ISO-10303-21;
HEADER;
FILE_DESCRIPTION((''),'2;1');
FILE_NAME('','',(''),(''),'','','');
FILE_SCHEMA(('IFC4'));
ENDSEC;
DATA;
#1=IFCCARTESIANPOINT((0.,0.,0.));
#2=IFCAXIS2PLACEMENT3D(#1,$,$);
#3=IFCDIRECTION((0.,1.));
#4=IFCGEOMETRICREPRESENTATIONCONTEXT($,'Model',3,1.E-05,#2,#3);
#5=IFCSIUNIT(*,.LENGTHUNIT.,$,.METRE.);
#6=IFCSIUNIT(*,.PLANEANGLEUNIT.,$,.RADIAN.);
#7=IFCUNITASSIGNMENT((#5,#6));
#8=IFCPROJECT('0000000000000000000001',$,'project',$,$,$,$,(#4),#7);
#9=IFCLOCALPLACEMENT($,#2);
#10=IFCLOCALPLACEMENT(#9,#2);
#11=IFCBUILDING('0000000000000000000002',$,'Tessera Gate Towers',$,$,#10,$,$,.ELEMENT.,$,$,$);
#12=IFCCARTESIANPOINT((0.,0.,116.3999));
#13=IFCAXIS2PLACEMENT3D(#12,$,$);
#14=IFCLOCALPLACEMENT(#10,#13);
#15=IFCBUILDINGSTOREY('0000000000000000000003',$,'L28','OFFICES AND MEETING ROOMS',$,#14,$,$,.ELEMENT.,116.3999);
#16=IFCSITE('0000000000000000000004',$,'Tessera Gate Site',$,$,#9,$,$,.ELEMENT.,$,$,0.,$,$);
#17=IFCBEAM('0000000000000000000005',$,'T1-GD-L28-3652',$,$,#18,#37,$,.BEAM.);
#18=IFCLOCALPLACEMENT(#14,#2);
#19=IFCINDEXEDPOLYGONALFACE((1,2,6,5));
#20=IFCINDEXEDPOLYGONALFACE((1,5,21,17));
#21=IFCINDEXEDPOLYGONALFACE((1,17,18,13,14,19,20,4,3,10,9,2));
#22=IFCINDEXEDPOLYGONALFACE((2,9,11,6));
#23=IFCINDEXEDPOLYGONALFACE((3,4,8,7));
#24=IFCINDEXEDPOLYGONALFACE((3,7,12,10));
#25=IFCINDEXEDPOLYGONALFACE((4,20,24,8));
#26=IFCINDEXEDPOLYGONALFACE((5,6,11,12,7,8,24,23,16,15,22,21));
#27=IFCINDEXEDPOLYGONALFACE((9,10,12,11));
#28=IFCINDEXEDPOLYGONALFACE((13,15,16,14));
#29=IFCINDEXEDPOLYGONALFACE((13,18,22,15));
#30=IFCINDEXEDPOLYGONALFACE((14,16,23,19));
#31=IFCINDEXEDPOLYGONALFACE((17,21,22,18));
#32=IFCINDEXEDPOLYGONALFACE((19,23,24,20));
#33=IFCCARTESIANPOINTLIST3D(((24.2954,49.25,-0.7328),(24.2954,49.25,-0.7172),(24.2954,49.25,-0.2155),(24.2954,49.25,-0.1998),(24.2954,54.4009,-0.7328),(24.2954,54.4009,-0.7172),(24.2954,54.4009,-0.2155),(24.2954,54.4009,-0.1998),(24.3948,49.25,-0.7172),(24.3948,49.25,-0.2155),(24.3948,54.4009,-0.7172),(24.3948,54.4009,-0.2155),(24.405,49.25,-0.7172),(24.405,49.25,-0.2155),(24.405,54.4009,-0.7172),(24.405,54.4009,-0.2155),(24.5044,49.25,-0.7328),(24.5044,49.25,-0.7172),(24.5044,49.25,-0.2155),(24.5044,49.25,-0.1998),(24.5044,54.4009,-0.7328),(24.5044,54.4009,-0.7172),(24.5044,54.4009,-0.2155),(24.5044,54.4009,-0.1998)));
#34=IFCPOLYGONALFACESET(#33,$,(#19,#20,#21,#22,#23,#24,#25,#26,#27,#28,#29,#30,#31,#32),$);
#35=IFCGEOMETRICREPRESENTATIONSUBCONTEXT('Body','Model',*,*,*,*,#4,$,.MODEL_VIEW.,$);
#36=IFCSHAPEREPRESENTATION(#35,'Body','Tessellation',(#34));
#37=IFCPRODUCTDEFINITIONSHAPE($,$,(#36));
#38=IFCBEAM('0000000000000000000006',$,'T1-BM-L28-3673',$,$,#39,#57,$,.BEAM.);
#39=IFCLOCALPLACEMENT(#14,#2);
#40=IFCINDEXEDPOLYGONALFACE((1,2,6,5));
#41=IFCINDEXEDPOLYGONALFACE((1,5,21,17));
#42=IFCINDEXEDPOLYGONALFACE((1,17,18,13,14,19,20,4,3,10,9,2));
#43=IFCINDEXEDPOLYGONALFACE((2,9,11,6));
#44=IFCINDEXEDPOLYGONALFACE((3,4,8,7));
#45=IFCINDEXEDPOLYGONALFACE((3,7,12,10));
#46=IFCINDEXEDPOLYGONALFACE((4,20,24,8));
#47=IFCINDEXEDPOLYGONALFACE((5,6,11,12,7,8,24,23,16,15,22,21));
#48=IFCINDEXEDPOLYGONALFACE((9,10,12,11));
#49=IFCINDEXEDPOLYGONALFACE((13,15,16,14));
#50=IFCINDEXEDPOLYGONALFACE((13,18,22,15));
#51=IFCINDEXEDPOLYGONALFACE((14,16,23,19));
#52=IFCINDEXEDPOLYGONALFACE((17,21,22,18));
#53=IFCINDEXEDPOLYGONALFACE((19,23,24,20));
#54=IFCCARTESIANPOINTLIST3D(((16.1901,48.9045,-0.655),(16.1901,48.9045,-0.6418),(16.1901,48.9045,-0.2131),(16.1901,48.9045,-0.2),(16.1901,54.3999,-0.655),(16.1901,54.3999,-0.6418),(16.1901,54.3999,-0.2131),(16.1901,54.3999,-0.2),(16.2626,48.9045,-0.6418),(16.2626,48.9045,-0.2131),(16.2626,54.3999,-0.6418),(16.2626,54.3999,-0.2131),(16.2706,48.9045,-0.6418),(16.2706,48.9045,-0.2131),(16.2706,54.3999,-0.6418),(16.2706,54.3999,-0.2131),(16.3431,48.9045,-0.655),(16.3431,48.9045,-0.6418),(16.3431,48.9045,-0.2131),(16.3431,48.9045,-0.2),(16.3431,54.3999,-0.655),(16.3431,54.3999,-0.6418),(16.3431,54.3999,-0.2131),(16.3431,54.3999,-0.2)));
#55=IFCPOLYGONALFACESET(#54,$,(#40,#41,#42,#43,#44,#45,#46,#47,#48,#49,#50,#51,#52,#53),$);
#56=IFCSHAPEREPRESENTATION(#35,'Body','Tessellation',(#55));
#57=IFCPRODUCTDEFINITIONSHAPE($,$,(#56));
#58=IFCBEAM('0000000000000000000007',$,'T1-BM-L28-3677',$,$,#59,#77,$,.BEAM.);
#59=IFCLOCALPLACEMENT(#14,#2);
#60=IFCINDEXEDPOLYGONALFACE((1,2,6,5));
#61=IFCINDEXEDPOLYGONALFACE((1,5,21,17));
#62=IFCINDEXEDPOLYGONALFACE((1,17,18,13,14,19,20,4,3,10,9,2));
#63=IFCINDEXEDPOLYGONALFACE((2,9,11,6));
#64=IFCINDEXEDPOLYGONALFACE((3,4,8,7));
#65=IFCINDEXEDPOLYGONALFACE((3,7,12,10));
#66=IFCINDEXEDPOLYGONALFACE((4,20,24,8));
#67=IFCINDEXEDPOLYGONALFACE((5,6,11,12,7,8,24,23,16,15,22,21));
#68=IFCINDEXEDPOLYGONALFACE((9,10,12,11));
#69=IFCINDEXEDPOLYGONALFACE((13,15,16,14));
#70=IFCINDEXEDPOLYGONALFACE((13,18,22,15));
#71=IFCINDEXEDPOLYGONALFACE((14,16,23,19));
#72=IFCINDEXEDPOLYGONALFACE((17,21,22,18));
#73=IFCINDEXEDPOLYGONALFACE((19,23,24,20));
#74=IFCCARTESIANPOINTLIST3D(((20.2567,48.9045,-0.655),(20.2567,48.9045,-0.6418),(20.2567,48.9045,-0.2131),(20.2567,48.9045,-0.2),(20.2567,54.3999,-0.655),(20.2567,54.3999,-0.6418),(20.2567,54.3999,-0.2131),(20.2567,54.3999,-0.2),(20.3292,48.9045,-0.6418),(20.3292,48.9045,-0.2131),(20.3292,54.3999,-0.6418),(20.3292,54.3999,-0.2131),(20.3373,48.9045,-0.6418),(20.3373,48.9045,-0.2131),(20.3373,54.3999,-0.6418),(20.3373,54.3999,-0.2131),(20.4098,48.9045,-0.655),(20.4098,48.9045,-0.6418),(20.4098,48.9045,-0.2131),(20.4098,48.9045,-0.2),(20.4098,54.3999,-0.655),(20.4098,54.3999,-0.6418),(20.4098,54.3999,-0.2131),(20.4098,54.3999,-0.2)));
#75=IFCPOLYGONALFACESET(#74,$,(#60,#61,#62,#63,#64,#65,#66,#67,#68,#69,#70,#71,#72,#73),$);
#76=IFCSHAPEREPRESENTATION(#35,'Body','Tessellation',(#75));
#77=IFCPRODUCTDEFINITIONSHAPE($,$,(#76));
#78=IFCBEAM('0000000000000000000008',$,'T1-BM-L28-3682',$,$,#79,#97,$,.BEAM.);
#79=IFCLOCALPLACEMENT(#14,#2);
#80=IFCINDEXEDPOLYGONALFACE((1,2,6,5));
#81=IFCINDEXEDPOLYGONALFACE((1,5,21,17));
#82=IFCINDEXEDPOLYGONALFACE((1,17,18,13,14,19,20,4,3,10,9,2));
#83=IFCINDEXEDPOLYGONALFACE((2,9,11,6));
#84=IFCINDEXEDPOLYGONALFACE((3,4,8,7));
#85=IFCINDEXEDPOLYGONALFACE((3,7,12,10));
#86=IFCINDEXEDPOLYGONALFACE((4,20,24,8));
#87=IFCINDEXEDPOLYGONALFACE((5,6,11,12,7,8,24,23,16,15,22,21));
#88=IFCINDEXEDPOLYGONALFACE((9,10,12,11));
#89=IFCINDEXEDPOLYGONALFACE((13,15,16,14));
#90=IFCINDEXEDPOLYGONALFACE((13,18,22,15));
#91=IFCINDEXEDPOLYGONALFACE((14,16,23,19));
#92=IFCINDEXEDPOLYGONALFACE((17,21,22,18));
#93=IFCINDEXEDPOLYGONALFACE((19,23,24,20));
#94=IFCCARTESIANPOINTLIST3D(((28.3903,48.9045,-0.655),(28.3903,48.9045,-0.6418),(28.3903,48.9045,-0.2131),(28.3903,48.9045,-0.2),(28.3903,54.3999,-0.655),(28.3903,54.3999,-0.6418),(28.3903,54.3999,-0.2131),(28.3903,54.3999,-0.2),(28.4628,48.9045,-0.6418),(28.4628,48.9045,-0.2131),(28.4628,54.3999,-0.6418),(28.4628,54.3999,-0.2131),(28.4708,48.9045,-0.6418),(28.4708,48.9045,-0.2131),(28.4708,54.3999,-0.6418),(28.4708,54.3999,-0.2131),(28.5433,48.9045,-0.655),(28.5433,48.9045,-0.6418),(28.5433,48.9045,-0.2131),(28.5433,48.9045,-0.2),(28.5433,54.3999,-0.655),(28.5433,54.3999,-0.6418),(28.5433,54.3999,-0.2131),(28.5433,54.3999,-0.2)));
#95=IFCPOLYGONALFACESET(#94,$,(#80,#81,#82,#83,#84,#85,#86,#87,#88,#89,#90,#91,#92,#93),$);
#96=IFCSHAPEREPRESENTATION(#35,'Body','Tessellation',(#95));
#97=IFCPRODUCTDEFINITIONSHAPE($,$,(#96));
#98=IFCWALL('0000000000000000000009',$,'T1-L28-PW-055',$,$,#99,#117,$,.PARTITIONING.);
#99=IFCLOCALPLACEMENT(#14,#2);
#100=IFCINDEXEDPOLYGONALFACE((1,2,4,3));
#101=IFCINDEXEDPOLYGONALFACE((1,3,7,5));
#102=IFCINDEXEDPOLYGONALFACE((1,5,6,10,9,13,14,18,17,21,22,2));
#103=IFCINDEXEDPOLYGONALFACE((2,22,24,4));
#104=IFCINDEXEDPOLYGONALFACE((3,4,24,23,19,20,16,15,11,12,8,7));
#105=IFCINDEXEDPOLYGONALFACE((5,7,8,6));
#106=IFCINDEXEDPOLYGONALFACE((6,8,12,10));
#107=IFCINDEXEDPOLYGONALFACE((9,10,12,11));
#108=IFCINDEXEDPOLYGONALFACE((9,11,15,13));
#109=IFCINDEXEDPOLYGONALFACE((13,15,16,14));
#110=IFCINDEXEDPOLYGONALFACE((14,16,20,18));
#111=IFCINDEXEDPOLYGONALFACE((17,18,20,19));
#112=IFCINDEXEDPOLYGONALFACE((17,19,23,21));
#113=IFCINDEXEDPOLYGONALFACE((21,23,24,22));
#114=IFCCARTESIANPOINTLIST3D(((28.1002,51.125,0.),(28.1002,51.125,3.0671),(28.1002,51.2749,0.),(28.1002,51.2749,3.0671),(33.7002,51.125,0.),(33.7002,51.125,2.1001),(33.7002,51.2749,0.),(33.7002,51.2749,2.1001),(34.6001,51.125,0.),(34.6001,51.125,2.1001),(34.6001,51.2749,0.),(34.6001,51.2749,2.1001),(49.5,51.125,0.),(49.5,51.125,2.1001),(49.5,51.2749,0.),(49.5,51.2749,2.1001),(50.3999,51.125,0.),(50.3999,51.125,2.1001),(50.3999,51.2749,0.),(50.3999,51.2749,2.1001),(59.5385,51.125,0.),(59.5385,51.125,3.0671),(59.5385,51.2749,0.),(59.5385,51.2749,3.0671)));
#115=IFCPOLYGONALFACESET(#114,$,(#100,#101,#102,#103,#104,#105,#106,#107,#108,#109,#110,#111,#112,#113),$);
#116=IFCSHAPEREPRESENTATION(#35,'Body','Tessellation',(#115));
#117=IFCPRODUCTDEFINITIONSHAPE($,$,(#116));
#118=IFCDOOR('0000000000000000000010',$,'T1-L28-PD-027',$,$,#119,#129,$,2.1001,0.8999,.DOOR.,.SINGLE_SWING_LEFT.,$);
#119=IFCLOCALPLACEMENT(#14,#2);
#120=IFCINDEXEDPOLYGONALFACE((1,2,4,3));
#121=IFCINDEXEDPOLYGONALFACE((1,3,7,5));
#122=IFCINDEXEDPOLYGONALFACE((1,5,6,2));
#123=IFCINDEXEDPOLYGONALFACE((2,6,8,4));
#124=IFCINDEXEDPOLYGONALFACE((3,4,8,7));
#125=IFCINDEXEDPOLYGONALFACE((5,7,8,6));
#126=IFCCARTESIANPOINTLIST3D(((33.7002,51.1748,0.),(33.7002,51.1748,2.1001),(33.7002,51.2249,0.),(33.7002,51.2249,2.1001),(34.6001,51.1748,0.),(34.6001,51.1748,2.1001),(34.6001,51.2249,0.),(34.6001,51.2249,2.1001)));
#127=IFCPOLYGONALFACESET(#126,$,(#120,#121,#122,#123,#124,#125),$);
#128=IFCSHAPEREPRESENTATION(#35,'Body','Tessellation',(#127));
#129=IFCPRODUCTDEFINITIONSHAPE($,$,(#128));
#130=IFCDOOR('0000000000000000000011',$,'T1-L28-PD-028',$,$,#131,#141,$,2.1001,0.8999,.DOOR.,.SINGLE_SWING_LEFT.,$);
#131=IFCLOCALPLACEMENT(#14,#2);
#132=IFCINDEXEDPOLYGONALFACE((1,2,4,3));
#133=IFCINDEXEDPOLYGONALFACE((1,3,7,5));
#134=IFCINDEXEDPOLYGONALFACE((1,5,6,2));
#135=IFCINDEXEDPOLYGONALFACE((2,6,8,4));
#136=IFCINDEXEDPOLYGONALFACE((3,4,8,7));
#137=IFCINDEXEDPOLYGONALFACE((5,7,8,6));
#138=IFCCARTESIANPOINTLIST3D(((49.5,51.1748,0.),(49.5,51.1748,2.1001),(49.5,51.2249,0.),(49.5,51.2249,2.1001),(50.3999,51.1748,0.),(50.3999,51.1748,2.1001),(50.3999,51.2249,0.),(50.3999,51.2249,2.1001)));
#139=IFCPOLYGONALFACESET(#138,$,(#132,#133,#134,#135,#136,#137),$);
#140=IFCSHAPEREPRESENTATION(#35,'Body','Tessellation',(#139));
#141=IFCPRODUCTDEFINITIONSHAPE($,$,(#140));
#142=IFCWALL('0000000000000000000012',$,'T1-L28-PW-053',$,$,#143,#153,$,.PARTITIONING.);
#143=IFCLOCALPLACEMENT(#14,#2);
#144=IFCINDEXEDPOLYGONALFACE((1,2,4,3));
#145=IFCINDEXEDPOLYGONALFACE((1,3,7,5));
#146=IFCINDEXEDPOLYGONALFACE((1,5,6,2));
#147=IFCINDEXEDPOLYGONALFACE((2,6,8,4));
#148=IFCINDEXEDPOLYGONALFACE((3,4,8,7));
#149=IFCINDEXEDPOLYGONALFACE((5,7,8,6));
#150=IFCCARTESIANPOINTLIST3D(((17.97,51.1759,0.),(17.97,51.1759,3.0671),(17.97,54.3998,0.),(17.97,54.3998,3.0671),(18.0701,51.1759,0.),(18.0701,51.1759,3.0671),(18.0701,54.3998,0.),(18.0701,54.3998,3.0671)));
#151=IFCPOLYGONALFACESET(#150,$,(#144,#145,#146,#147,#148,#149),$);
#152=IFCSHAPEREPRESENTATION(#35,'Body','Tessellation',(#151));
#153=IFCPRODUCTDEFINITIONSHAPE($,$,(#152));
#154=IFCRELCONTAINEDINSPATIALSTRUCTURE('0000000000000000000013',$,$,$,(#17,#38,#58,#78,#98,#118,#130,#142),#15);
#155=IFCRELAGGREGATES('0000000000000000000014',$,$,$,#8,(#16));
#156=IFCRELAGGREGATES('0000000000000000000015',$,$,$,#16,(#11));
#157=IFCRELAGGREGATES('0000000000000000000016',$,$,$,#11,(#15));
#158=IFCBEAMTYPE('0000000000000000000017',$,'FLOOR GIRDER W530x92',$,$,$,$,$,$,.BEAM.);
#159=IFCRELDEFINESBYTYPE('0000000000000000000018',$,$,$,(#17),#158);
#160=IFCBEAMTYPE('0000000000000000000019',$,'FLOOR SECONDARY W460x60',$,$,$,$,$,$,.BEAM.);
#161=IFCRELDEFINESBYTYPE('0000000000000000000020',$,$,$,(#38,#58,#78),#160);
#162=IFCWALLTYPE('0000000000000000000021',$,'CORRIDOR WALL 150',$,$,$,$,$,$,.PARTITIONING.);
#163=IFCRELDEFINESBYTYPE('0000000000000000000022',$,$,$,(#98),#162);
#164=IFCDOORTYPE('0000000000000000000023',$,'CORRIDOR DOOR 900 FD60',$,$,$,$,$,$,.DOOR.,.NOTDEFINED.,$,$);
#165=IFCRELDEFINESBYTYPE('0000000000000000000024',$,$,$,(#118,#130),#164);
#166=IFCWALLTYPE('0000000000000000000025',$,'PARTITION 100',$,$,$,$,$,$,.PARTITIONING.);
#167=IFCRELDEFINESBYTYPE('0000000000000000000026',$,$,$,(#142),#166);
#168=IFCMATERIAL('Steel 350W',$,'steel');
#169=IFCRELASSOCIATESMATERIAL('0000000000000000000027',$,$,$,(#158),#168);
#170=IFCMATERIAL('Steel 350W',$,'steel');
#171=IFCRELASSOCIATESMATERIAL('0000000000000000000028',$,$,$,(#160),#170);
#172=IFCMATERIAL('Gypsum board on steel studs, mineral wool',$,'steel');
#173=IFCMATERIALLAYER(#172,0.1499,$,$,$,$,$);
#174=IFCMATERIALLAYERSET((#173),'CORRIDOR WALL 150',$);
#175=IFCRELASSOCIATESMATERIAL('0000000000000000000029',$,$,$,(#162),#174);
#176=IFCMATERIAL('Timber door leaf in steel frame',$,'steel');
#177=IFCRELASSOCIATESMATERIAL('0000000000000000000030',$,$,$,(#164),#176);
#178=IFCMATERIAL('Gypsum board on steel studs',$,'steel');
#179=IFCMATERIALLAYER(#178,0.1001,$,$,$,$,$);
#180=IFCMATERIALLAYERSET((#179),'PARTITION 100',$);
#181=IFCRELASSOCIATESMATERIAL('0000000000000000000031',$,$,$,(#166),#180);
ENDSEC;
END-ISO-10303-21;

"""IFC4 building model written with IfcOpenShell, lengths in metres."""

from ifc_helpers import new_model, si_unit, direction, frame, frame_2d, origin, origin_2d, place, context, subcontext, project, spatial, rectangle, i_section, extrude, source, transform, mapped, material, layer, layer_set, material_profile, profile_set, type_object, element, fill, save


model = new_model("IFC4")

# Units and contexts
model_context = context("Model", 3, precision=1e-05, world=origin(), true_north=direction((0.0, 1.0)))
body_context = subcontext(model_context, "Body", "Model", "MODEL_VIEW")
ifc_project = project(units=[si_unit("LENGTHUNIT", "METRE"), si_unit("PLANEANGLEUNIT", "RADIAN")], contexts=[model_context])

# Site, building, storey
site_placement = place(None, origin())
site = spatial("IfcSite", under=ifc_project, at=site_placement, Name="Tessera Gate Site", CompositionType="ELEMENT", RefElevation=0.0)
building_placement = place(site_placement, origin())
building = spatial("IfcBuilding", under=site, at=building_placement, Name="Tessera Gate Towers", CompositionType="ELEMENT")
storey_placement = place(building_placement, frame((0.0, 0.0, 116.3999)))
storey = spatial("IfcBuildingStorey", under=building, at=storey_placement, Name="L28", Description="OFFICES AND MEETING ROOMS", CompositionType="ELEMENT", Elevation=116.3999)

# Beams
ifc_material_1 = material(Name="Steel 350W", Category="steel")
ifc_material_profile_1 = material_profile(ifc_material_1, i_section(OverallWidth=0.209, OverallDepth=0.533, WebThickness=0.0103, FlangeThickness=0.0156, at=origin_2d()), Name="W530x92")
ifc_profile_set_1 = profile_set([ifc_material_profile_1], Name="Steel 350W")
beam_type_1 = type_object("IfcBeamType", Name="FLOOR GIRDER W530x92", PredefinedType="BEAM", material=ifc_profile_set_1)
beam_placement = place(storey_placement, frame((24.3999, 49.25, -0.4663), z_axis=(0.0, 1.0, 0.0), x_axis=(-1.0, 0.0, 0.0)))
element("IfcBeam", 1, at=beam_placement, inside=storey, type_object=beam_type_1, Name="T1-GD-L28-3652", PredefinedType="BEAM", context=body_context, shape_type="SweptSolid", body=[
    extrude(i_section(OverallWidth=0.209, OverallDepth=0.533, WebThickness=0.0103, FlangeThickness=0.0156, at=origin_2d()), origin(), (0.0, 0.0, 1.0), 5.1509),
])
ifc_material_2 = material(Name="Steel 350W", Category="steel")
ifc_material_profile_2 = material_profile(ifc_material_2, i_section(OverallWidth=0.1531, OverallDepth=0.4551, WebThickness=0.0081, FlangeThickness=0.0132, at=origin_2d()), Name="W460x60")
ifc_profile_set_2 = profile_set([ifc_material_profile_2], Name="Steel 350W")
beam_type_2 = type_object("IfcBeamType", Name="FLOOR SECONDARY W460x60", PredefinedType="BEAM", material=ifc_profile_set_2)
for number, where, z_axis, x_axis, name in (
    (2, (16.2666, 48.9045, -0.4275), (0.0, 1.0, 0.0), (-1.0, 0.0, 0.0), "T1-BM-L28-3673"),
    (3, (20.3333, 48.9045, -0.4275), (0.0, 1.0, 0.0), (-1.0, 0.0, 0.0), "T1-BM-L28-3677"),
    (4, (28.4668, 48.9045, -0.4275), (0.0, 1.0, 0.0), (-1.0, 0.0, 0.0), "T1-BM-L28-3682"),
):
    element("IfcBeam", number, at=place(storey_placement, frame(where, z_axis=z_axis, x_axis=x_axis)), inside=storey, type_object=beam_type_2, Name=name, PredefinedType="BEAM", context=body_context, shape_type="SweptSolid", body=[
        extrude(i_section(OverallWidth=0.1531, OverallDepth=0.4551, WebThickness=0.0081, FlangeThickness=0.0132, at=origin_2d()), origin(), (0.0, 0.0, 1.0), 5.4954),
    ])

# Wall, openings, doors
ifc_material_3 = material(Name="Gypsum board on steel studs, mineral wool", Category="steel")
ifc_layer_1 = layer(ifc_material_3, 0.1499)
ifc_layer_set_1 = layer_set([ifc_layer_1], Name="CORRIDOR WALL 150")
wall_type_1 = type_object("IfcWallType", Name="CORRIDOR WALL 150", PredefinedType="PARTITIONING", material=ifc_layer_set_1)
wall_1_placement = place(storey_placement, frame((28.1001, 51.2, 0.0), z_axis=(0.0, 0.0, 1.0), x_axis=(1.0, 0.0, 0.0)))
wall_1 = element("IfcWall", 5, at=wall_1_placement, inside=storey, type_object=wall_type_1, Name="T1-L28-PW-055", PredefinedType="PARTITIONING", context=body_context, shape_type="SweptSolid", body=[
    extrude(rectangle(XDim=31.4382, YDim=0.1499, at=frame_2d((15.7192, 0.0))), origin(), (0.0, 0.0, 1.0), 3.0671),
])
shared_shape_1 = source(origin(), body_context, "Body", "SweptSolid", [
    extrude(rectangle(XDim=0.8999, YDim=2.1001, at=frame_2d((0.45, 1.05))), frame((0.0, 0.085, 0.0), z_axis=(0.0, -1.0, 0.0), x_axis=(1.0, 0.0, 0.0)), (0.0, 0.0, 1.0), 0.1699),
])
opening_1_placement = place(wall_1_placement, frame((5.6001, 0.0, 0.0)))
opening_1 = element("IfcOpeningElement", 6, at=opening_1_placement, cuts=wall_1, PredefinedType="OPENING", context=body_context, shape_type="MappedRepresentation", body=[
    mapped(shared_shape_1, transform((0.0, 0.0, 0.0), scale=1.0)),
])
opening_2_placement = place(wall_1_placement, frame((21.3999, 0.0, 0.0)))
opening_2 = element("IfcOpeningElement", 7, at=opening_2_placement, cuts=wall_1, PredefinedType="OPENING", context=body_context, shape_type="MappedRepresentation", body=[
    mapped(shared_shape_1, transform((0.0, 0.0, 0.0), scale=1.0)),
])
ifc_material_4 = material(Name="Timber door leaf in steel frame", Category="steel")
door_type_1 = type_object("IfcDoorType", Name="CORRIDOR DOOR 900 FD60", OperationType="NOTDEFINED", PredefinedType="DOOR", material=ifc_material_4)
shared_shape_2 = source(origin(), body_context, "Body", "SweptSolid", [
    extrude(rectangle(XDim=0.8999, YDim=2.1001, at=frame_2d((0.45, 1.05))), frame((0.0, 0.0249, 0.0), z_axis=(0.0, -1.0, 0.0), x_axis=(1.0, 0.0, 0.0)), (0.0, 0.0, 1.0), 0.05),
])
door_1_placement = place(opening_1_placement, origin())
door_1 = element("IfcDoor", 8, at=door_1_placement, inside=storey, type_object=door_type_1, Name="T1-L28-PD-027", OperationType="SINGLE_SWING_LEFT", OverallHeight=2.1001, OverallWidth=0.8999, PredefinedType="DOOR", context=body_context, shape_type="MappedRepresentation", body=[
    mapped(shared_shape_2, transform((0.0, 0.0, 0.0), scale=1.0)),
])
fill(opening_1, door_1)
door_2_placement = place(opening_2_placement, origin())
door_2 = element("IfcDoor", 9, at=door_2_placement, inside=storey, type_object=door_type_1, Name="T1-L28-PD-028", OperationType="SINGLE_SWING_LEFT", OverallHeight=2.1001, OverallWidth=0.8999, PredefinedType="DOOR", context=body_context, shape_type="MappedRepresentation", body=[
    mapped(shared_shape_2, transform((0.0, 0.0, 0.0), scale=1.0)),
])
fill(opening_2, door_2)

# Wall
ifc_material_5 = material(Name="Gypsum board on steel studs", Category="steel")
ifc_layer_2 = layer(ifc_material_5, 0.1001)
ifc_layer_set_2 = layer_set([ifc_layer_2], Name="PARTITION 100")
wall_type_2 = type_object("IfcWallType", Name="PARTITION 100", PredefinedType="PARTITIONING", material=ifc_layer_set_2)
wall_2_placement = place(storey_placement, frame((18.02, 51.176, 0.0), z_axis=(0.0, 0.0, 1.0), x_axis=(0.0, 1.0, 0.0)))
element("IfcWall", 10, at=wall_2_placement, inside=storey, type_object=wall_type_2, Name="T1-L28-PW-053", PredefinedType="PARTITIONING", context=body_context, shape_type="SweptSolid", body=[
    extrude(rectangle(XDim=3.2239, YDim=0.1001, at=frame_2d((1.6118, 0.0))), origin(), (0.0, 0.0, 1.0), 3.0671),
])

save(model, "model.ifc")
